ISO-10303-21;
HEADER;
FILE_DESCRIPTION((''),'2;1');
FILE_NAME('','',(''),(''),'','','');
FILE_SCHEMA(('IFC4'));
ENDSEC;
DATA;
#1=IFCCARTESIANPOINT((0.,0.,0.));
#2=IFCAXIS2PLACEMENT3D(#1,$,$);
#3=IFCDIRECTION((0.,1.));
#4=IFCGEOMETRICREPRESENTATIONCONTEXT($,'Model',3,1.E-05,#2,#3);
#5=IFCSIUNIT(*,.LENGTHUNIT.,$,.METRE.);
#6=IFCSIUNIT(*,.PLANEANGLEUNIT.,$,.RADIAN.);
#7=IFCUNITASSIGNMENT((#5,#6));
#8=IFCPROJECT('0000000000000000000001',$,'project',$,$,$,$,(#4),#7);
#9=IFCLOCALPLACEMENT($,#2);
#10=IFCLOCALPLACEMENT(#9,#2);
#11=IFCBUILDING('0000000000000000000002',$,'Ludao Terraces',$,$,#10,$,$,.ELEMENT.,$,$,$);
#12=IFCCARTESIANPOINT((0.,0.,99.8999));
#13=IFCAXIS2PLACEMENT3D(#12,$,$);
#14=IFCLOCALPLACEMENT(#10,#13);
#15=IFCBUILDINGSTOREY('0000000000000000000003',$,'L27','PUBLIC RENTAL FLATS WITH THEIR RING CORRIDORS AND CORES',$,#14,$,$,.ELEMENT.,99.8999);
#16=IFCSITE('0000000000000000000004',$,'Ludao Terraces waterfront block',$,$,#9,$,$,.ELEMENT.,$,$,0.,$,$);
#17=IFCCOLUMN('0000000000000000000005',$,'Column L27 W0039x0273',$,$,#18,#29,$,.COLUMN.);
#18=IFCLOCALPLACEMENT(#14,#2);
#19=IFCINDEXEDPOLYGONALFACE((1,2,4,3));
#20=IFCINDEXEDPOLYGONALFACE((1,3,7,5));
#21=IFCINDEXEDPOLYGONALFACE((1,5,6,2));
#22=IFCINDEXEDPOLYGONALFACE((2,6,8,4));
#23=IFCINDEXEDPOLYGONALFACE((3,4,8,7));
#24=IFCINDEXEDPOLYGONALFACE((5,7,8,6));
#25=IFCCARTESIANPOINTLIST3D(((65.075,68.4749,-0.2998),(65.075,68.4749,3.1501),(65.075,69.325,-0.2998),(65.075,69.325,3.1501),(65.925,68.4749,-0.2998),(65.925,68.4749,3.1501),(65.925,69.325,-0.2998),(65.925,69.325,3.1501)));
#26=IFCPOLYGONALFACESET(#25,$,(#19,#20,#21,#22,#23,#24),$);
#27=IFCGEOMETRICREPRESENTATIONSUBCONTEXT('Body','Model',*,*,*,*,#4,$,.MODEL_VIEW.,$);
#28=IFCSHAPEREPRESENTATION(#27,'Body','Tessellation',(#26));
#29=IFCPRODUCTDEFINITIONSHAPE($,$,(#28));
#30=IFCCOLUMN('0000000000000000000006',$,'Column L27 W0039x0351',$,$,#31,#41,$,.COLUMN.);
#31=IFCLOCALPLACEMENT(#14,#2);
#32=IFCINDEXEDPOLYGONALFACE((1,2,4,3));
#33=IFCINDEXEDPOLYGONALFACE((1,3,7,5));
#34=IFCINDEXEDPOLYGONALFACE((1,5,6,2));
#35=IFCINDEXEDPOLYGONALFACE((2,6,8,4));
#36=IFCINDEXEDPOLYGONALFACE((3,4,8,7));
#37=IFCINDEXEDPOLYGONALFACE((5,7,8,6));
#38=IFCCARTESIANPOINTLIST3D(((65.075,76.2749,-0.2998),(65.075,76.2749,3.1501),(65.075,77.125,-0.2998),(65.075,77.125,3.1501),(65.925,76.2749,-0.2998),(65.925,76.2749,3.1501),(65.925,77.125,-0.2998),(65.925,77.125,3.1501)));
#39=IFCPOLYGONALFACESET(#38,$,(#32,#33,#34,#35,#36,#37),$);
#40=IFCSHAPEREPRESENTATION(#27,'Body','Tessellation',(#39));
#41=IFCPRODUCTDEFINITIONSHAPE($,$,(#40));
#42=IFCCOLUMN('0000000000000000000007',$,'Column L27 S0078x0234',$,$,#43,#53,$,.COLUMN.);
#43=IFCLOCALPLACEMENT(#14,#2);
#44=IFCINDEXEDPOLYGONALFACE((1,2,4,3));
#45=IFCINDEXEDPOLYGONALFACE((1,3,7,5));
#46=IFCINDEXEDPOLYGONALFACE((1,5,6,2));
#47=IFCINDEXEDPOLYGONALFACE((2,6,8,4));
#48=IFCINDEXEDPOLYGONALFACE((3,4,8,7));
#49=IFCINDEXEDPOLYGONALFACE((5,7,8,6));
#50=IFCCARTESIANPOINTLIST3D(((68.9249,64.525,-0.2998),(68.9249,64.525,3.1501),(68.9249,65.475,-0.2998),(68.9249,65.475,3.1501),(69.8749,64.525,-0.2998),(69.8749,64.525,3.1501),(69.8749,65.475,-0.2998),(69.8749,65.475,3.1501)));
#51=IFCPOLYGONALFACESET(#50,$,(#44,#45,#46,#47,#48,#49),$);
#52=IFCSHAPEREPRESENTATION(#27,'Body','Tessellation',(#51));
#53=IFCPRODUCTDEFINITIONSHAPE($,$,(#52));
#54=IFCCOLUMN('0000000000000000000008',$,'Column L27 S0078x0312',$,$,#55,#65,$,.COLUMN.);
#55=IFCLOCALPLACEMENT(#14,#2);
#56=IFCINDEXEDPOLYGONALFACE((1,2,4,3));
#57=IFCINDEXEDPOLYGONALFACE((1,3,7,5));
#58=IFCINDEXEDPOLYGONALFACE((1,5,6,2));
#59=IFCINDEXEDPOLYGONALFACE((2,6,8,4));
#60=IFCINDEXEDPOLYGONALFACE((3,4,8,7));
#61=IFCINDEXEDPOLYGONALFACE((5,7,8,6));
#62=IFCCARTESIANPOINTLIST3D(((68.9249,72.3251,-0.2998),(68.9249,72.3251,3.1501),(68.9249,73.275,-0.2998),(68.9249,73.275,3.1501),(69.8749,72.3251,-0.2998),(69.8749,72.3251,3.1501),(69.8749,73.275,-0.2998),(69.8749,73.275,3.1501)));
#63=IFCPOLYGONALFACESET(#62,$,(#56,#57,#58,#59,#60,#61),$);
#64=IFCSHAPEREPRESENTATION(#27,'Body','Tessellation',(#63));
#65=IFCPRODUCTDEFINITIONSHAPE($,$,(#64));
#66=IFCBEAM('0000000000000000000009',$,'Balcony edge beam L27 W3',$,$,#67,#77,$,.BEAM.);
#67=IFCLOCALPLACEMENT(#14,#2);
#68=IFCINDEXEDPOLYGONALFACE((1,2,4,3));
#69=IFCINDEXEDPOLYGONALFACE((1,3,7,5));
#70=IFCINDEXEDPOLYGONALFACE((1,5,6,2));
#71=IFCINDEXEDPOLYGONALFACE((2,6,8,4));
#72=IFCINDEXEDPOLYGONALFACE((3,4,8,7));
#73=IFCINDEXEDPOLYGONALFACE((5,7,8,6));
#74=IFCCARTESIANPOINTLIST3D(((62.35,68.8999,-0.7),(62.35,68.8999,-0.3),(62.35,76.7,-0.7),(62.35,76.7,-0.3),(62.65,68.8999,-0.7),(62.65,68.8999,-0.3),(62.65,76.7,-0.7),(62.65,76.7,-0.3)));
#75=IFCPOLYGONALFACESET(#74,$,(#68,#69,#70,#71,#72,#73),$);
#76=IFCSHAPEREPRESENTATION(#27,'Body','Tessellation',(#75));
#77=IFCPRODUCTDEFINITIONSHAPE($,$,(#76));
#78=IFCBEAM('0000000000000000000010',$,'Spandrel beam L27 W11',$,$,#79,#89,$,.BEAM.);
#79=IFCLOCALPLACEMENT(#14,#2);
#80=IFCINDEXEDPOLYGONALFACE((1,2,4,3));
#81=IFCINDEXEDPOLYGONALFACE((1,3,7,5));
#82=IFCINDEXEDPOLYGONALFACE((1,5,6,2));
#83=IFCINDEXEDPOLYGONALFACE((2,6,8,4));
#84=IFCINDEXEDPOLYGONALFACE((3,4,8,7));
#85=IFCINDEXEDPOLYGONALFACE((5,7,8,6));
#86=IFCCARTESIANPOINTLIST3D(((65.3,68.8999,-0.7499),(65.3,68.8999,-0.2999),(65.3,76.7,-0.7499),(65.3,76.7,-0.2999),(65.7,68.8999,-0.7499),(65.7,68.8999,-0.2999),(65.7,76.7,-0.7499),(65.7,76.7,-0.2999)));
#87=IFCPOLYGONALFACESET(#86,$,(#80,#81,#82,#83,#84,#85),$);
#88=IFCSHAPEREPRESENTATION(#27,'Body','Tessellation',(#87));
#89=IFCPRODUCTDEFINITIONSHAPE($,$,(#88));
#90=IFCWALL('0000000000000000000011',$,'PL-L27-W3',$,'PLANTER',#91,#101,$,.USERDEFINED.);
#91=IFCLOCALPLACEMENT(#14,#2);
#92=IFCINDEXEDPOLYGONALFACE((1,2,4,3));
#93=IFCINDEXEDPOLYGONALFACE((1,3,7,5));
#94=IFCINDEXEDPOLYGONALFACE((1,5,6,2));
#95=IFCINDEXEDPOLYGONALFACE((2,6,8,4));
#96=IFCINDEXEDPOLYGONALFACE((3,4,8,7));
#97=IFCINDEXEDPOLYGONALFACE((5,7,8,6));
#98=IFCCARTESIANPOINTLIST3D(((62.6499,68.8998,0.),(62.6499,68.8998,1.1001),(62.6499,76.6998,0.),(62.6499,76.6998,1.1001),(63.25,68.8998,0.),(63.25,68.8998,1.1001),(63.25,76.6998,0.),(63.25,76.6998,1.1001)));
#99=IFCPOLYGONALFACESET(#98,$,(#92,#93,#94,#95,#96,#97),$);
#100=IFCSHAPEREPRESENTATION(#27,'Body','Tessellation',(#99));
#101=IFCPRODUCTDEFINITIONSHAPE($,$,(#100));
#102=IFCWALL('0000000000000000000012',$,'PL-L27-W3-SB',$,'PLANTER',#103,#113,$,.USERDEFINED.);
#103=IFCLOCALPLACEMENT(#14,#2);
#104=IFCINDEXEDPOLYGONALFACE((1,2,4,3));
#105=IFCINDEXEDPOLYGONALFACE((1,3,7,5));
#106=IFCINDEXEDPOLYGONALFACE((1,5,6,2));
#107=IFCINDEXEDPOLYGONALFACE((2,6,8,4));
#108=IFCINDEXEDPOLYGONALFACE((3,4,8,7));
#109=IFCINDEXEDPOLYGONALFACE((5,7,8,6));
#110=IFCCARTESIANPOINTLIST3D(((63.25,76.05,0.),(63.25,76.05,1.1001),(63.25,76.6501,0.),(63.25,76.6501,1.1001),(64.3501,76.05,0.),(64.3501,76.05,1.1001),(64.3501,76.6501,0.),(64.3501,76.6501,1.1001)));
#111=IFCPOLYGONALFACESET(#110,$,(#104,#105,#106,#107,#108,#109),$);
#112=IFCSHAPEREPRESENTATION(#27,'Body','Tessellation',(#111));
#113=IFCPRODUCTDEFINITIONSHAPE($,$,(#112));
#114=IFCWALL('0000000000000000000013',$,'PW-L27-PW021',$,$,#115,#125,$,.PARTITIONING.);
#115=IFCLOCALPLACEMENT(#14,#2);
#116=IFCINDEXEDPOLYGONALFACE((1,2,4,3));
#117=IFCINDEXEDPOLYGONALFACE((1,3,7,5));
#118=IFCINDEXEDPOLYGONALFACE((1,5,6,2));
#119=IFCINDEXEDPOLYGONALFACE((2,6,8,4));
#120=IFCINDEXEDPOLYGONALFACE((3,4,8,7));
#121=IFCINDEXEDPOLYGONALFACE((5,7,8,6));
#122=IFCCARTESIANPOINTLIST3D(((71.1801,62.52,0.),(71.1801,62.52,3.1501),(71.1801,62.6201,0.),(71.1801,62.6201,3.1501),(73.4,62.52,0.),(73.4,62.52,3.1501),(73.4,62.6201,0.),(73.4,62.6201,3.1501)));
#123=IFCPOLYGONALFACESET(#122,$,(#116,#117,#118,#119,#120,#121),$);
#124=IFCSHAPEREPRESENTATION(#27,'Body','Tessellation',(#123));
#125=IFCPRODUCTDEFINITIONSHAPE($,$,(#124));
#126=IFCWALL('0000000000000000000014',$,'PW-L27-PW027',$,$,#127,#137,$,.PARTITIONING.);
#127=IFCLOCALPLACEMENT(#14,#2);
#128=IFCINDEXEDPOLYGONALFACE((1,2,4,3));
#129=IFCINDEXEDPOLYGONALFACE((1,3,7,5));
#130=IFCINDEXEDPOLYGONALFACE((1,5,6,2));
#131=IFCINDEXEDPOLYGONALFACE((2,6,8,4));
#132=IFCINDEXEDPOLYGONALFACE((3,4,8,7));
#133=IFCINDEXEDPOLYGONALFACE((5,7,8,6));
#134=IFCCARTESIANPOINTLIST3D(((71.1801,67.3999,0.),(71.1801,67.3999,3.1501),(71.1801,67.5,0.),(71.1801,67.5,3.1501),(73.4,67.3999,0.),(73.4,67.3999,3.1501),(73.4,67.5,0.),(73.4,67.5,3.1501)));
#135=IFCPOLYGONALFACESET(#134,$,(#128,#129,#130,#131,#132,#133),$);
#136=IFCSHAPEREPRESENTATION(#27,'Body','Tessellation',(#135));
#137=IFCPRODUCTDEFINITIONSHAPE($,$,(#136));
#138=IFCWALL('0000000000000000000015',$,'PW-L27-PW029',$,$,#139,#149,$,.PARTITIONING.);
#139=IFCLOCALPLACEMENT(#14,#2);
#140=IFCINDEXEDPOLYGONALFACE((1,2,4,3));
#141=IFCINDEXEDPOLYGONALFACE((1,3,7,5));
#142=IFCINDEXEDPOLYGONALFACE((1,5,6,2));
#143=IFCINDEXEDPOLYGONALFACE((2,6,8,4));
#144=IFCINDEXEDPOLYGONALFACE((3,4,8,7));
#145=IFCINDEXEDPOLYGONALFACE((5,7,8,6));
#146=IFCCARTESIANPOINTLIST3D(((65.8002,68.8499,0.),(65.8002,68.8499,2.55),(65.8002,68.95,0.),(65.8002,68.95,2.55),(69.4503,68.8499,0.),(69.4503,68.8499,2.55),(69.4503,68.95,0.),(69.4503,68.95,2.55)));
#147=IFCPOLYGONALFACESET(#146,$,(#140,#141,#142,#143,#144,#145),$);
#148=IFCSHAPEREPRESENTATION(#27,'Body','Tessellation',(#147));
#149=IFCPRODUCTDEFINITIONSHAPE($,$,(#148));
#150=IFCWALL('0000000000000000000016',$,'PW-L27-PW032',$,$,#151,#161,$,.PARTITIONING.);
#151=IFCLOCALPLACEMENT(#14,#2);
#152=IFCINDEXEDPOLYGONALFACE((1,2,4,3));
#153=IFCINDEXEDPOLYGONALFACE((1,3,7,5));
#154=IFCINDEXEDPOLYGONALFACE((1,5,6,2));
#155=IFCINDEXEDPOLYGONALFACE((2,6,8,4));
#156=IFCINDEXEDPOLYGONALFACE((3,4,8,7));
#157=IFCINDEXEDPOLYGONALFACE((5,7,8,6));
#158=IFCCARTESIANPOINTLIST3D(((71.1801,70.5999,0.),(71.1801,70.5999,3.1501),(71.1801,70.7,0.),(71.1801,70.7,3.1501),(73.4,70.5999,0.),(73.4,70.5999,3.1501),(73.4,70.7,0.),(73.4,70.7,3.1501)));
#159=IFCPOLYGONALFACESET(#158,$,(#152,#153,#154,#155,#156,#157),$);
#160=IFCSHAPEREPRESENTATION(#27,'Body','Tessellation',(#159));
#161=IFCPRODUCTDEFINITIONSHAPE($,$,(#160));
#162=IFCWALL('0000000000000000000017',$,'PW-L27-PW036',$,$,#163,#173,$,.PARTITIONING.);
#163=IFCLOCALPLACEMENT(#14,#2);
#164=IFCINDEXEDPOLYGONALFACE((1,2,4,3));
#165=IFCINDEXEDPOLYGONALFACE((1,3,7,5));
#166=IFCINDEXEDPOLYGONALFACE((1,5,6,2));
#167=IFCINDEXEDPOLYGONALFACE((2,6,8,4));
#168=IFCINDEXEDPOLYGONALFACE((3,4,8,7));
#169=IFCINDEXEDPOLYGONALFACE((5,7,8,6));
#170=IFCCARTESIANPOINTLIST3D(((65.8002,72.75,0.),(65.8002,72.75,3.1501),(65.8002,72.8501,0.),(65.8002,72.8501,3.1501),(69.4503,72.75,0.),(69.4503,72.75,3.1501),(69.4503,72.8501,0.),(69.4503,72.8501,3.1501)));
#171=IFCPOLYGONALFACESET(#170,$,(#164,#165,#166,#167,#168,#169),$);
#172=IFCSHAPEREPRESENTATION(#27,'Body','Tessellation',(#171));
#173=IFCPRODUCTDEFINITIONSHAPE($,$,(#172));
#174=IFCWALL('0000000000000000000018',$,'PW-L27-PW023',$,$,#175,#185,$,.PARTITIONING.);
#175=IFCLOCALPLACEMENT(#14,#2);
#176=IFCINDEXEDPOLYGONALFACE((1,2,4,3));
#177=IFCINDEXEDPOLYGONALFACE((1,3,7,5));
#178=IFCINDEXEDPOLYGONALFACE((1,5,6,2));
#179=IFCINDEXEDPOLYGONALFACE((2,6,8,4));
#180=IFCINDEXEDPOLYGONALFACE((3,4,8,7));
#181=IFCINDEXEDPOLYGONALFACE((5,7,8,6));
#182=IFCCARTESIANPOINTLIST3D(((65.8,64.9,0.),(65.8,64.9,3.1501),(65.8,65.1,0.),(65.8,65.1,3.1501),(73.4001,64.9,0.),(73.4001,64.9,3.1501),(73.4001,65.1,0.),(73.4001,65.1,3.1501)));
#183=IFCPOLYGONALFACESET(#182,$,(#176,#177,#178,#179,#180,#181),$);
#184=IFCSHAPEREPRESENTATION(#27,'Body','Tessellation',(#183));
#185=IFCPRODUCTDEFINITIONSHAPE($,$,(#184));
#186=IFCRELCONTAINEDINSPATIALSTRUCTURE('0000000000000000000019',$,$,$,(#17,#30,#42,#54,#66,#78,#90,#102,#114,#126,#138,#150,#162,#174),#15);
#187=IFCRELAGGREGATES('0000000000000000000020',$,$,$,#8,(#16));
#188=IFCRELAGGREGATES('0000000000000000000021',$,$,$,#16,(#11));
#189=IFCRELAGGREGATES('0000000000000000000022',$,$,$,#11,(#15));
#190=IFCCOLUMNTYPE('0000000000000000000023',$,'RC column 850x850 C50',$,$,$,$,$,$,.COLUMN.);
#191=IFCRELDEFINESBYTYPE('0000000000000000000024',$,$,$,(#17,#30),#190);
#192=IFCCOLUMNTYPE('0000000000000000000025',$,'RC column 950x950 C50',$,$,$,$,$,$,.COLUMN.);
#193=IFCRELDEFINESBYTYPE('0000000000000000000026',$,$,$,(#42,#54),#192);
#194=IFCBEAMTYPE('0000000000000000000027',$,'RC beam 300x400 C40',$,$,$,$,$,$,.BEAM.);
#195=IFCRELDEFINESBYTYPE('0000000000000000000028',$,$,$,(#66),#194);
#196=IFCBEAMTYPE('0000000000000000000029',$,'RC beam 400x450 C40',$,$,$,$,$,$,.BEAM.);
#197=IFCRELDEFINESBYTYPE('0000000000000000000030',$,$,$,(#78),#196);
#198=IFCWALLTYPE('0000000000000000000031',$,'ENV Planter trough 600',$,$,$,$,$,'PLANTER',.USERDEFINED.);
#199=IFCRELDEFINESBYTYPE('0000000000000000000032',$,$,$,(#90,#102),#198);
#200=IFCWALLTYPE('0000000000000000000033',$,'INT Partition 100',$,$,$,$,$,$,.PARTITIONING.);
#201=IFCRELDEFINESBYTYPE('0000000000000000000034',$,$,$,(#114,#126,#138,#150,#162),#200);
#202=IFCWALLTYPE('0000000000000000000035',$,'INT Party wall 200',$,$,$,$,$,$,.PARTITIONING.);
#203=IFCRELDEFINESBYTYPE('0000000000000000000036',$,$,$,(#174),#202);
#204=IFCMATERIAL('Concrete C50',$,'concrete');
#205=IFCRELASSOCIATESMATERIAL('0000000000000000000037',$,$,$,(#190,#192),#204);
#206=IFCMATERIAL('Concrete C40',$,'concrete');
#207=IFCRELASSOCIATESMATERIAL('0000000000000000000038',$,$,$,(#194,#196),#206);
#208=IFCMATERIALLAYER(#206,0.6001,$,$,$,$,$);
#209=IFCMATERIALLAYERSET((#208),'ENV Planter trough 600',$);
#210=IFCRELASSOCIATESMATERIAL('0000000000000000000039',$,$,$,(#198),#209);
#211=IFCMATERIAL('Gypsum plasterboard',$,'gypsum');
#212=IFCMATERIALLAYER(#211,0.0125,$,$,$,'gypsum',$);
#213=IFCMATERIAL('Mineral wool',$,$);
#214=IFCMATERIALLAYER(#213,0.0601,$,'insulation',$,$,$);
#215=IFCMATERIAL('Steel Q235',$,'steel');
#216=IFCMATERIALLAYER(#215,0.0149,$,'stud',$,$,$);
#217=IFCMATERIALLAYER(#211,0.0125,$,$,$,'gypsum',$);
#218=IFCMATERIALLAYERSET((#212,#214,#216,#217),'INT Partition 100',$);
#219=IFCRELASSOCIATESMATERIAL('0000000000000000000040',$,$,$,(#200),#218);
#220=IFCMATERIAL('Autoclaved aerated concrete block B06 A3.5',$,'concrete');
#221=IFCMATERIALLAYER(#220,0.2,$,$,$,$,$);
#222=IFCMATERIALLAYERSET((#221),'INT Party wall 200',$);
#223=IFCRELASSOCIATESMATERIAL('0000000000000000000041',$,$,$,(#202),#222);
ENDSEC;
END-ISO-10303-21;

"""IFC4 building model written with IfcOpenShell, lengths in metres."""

from ifc_helpers import new_model, si_unit, direction, frame, frame_2d, origin, origin_2d, place, context, subcontext, project, spatial, rectangle, extrude, material, layer, layer_set, material_profile, profile_set, type_object, element, save


model = new_model("IFC4")

# Units and contexts
model_context = context("Model", 3, precision=1e-05, world=origin(), true_north=direction((0.0, 1.0)))
body_context = subcontext(model_context, "Body", "Model", "MODEL_VIEW")
ifc_project = project(units=[si_unit("LENGTHUNIT", "METRE"), si_unit("PLANEANGLEUNIT", "RADIAN")], contexts=[model_context])

# Site, building, storey
site_placement = place(None, origin())
site = spatial("IfcSite", under=ifc_project, at=site_placement, Name="Ludao Terraces waterfront block", CompositionType="ELEMENT", RefElevation=0.0)
building_placement = place(site_placement, origin())
building = spatial("IfcBuilding", under=site, at=building_placement, Name="Ludao Terraces", CompositionType="ELEMENT")
storey_placement = place(building_placement, frame((0.0, 0.0, 99.8999)))
storey = spatial("IfcBuildingStorey", under=building, at=storey_placement, Name="L27", Description="PUBLIC RENTAL FLATS WITH THEIR RING CORRIDORS AND CORES", CompositionType="ELEMENT", Elevation=99.8999)

# Columns
ifc_material_1 = material(Name="Concrete C50", Category="concrete")
ifc_material_profile_1 = material_profile(ifc_material_1, rectangle(XDim=0.8501, YDim=0.8501, at=origin_2d()), Name="850 X 850")
ifc_profile_set_1 = profile_set([ifc_material_profile_1], Name="Concrete C50")
column_type_1 = type_object("IfcColumnType", Name="RC column 850x850 C50", PredefinedType="COLUMN", material=ifc_profile_set_1)
for number, where, z_axis, x_axis, name in (
    (1, (65.5, 68.8999, -0.2998), (0.0, 0.0, 1.0), (1.0, 0.0, 0.0), "Column L27 W0039x0273"),
    (2, (65.5, 76.7, -0.2998), (0.0, 0.0, 1.0), (1.0, 0.0, 0.0), "Column L27 W0039x0351"),
):
    element("IfcColumn", number, at=place(storey_placement, frame(where, z_axis=z_axis, x_axis=x_axis)), inside=storey, type_object=column_type_1, Name=name, PredefinedType="COLUMN", context=body_context, shape_type="SweptSolid", body=[
        extrude(rectangle(XDim=0.8501, YDim=0.8501, at=origin_2d()), origin(), (0.0, 0.0, 1.0), 3.45),
    ])
ifc_material_profile_2 = material_profile(ifc_material_1, rectangle(XDim=0.95, YDim=0.95, at=origin_2d()), Name="950 X 950")
ifc_profile_set_2 = profile_set([ifc_material_profile_2], Name="Concrete C50")
column_type_2 = type_object("IfcColumnType", Name="RC column 950x950 C50", PredefinedType="COLUMN", material=ifc_profile_set_2)
for number, where, z_axis, x_axis, name in (
    (3, (69.3999, 65.0, -0.2998), (0.0, 0.0, 1.0), (1.0, 0.0, 0.0), "Column L27 S0078x0234"),
    (4, (69.3999, 72.8, -0.2998), (0.0, 0.0, 1.0), (1.0, 0.0, 0.0), "Column L27 S0078x0312"),
):
    element("IfcColumn", number, at=place(storey_placement, frame(where, z_axis=z_axis, x_axis=x_axis)), inside=storey, type_object=column_type_2, Name=name, PredefinedType="COLUMN", context=body_context, shape_type="SweptSolid", body=[
        extrude(rectangle(XDim=0.95, YDim=0.95, at=origin_2d()), origin(), (0.0, 0.0, 1.0), 3.45),
    ])

# Beams
ifc_material_2 = material(Name="Concrete C40", Category="concrete")
ifc_material_profile_3 = material_profile(ifc_material_2, rectangle(XDim=0.3, YDim=0.3999, at=origin_2d()), Name="300 X 400")
ifc_profile_set_3 = profile_set([ifc_material_profile_3], Name="Concrete C40")
beam_type_1 = type_object("IfcBeamType", Name="RC beam 300x400 C40", PredefinedType="BEAM", material=ifc_profile_set_3)
beam_1_placement = place(storey_placement, frame((62.5, 68.8999, -0.5), z_axis=(0.0, 1.0, 0.0), x_axis=(-1.0, 0.0, 0.0)))
element("IfcBeam", 5, at=beam_1_placement, inside=storey, type_object=beam_type_1, Name="Balcony edge beam L27 W3", PredefinedType="BEAM", context=body_context, shape_type="SweptSolid", body=[
    extrude(rectangle(XDim=0.3, YDim=0.3999, at=origin_2d()), origin(), (0.0, 0.0, 1.0), 7.8),
])
ifc_material_profile_4 = material_profile(ifc_material_2, rectangle(XDim=0.3999, YDim=0.45, at=origin_2d()), Name="400 X 450")
ifc_profile_set_4 = profile_set([ifc_material_profile_4], Name="Concrete C40")
beam_type_2 = type_object("IfcBeamType", Name="RC beam 400x450 C40", PredefinedType="BEAM", material=ifc_profile_set_4)
beam_2_placement = place(storey_placement, frame((65.5, 68.8999, -0.5249), z_axis=(0.0, 1.0, 0.0), x_axis=(-1.0, 0.0, 0.0)))
element("IfcBeam", 6, at=beam_2_placement, inside=storey, type_object=beam_type_2, Name="Spandrel beam L27 W11", PredefinedType="BEAM", context=body_context, shape_type="SweptSolid", body=[
    extrude(rectangle(XDim=0.3999, YDim=0.45, at=origin_2d()), origin(), (0.0, 0.0, 1.0), 7.8),
])

# Walls
ifc_layer_1 = layer(ifc_material_2, 0.6001)
ifc_layer_set_1 = layer_set([ifc_layer_1], Name="ENV Planter trough 600")
wall_type_1 = type_object("IfcWallType", Name="ENV Planter trough 600", ElementType="PLANTER", PredefinedType="USERDEFINED", material=ifc_layer_set_1)
wall_1_placement = place(storey_placement, frame((62.95, 68.8999, 0.0), z_axis=(0.0, 0.0, 1.0), x_axis=(0.0, 1.0, 0.0)))
element("IfcWall", 7, at=wall_1_placement, inside=storey, type_object=wall_type_1, Name="PL-L27-W3", ObjectType="PLANTER", PredefinedType="USERDEFINED", context=body_context, shape_type="SweptSolid", body=[
    extrude(rectangle(XDim=7.8, YDim=0.6001, at=frame_2d((3.8999, 0.0))), origin(), (0.0, 0.0, 1.0), 1.1001),
])
wall_2_placement = place(storey_placement, frame((63.25, 76.3501, 0.0), z_axis=(0.0, 0.0, 1.0), x_axis=(1.0, 0.0, 0.0)))
element("IfcWall", 8, at=wall_2_placement, inside=storey, type_object=wall_type_1, Name="PL-L27-W3-SB", ObjectType="PLANTER", PredefinedType="USERDEFINED", context=body_context, shape_type="SweptSolid", body=[
    extrude(rectangle(XDim=1.1001, YDim=0.6001, at=frame_2d((0.55, 0.0))), origin(), (0.0, 0.0, 1.0), 1.1001),
])

# Shared definitions
ifc_material_3 = material(Name="Mineral wool")

# Walls
ifc_material_4 = material(Name="Gypsum plasterboard", Category="gypsum")
ifc_layer_2 = layer(ifc_material_4, 0.0125, Category="gypsum")
ifc_layer_3 = layer(ifc_material_3, 0.0601, Name="insulation")
ifc_material_5 = material(Name="Steel Q235", Category="steel")
ifc_layer_4 = layer(ifc_material_5, 0.0149, Name="stud")
ifc_layer_5 = layer(ifc_material_4, 0.0125, Category="gypsum")
ifc_layer_set_2 = layer_set([ifc_layer_2, ifc_layer_3, ifc_layer_4, ifc_layer_5], Name="INT Partition 100")
wall_type_2 = type_object("IfcWallType", Name="INT Partition 100", PredefinedType="PARTITIONING", material=ifc_layer_set_2)
for number, where, z_axis, x_axis, name in (
    (9, (71.1802, 62.5701, 0.0), (0.0, 0.0, 1.0), (1.0, 0.0, 0.0), "PW-L27-PW021"),
    (10, (71.1802, 67.45, 0.0), (0.0, 0.0, 1.0), (1.0, 0.0, 0.0), "PW-L27-PW027"),
):
    element("IfcWall", number, at=place(storey_placement, frame(where, z_axis=z_axis, x_axis=x_axis)), inside=storey, type_object=wall_type_2, Name=name, PredefinedType="PARTITIONING", context=body_context, shape_type="SweptSolid", body=[
        extrude(rectangle(XDim=2.22, YDim=0.1001, at=frame_2d((1.1099, 0.0))), origin(), (0.0, 0.0, 1.0), 3.1501),
    ])
wall_3_placement = place(storey_placement, frame((65.8, 68.8999, 0.0), z_axis=(0.0, 0.0, 1.0), x_axis=(1.0, 0.0, 0.0)))
element("IfcWall", 11, at=wall_3_placement, inside=storey, type_object=wall_type_2, Name="PW-L27-PW029", PredefinedType="PARTITIONING", context=body_context, shape_type="SweptSolid", body=[
    extrude(rectangle(XDim=3.6501, YDim=0.1001, at=frame_2d((1.8252, 0.0))), origin(), (0.0, 0.0, 1.0), 2.55),
])
wall_4_placement = place(storey_placement, frame((71.1802, 70.6499, 0.0), z_axis=(0.0, 0.0, 1.0), x_axis=(1.0, 0.0, 0.0)))
element("IfcWall", 12, at=wall_4_placement, inside=storey, type_object=wall_type_2, Name="PW-L27-PW032", PredefinedType="PARTITIONING", context=body_context, shape_type="SweptSolid", body=[
    extrude(rectangle(XDim=2.22, YDim=0.1001, at=frame_2d((1.1099, 0.0))), origin(), (0.0, 0.0, 1.0), 3.1501),
])
wall_5_placement = place(storey_placement, frame((65.8, 72.8, 0.0), z_axis=(0.0, 0.0, 1.0), x_axis=(1.0, 0.0, 0.0)))
element("IfcWall", 13, at=wall_5_placement, inside=storey, type_object=wall_type_2, Name="PW-L27-PW036", PredefinedType="PARTITIONING", context=body_context, shape_type="SweptSolid", body=[
    extrude(rectangle(XDim=3.6501, YDim=0.1001, at=frame_2d((1.8252, 0.0))), origin(), (0.0, 0.0, 1.0), 3.1501),
])
ifc_material_6 = material(Name="Autoclaved aerated concrete block B06 A3.5", Category="concrete")
ifc_layer_6 = layer(ifc_material_6, 0.2)
ifc_layer_set_3 = layer_set([ifc_layer_6], Name="INT Party wall 200")
wall_type_3 = type_object("IfcWallType", Name="INT Party wall 200", PredefinedType="PARTITIONING", material=ifc_layer_set_3)
wall_6_placement = place(storey_placement, frame((65.8, 65.0, 0.0), z_axis=(0.0, 0.0, 1.0), x_axis=(1.0, 0.0, 0.0)))
element("IfcWall", 14, at=wall_6_placement, inside=storey, type_object=wall_type_3, Name="PW-L27-PW023", PredefinedType="PARTITIONING", context=body_context, shape_type="SweptSolid", body=[
    extrude(rectangle(XDim=7.6001, YDim=0.2, at=frame_2d((3.8, 0.0))), origin(), (0.0, 0.0, 1.0), 3.1501),
])

save(model, "model.ifc")
